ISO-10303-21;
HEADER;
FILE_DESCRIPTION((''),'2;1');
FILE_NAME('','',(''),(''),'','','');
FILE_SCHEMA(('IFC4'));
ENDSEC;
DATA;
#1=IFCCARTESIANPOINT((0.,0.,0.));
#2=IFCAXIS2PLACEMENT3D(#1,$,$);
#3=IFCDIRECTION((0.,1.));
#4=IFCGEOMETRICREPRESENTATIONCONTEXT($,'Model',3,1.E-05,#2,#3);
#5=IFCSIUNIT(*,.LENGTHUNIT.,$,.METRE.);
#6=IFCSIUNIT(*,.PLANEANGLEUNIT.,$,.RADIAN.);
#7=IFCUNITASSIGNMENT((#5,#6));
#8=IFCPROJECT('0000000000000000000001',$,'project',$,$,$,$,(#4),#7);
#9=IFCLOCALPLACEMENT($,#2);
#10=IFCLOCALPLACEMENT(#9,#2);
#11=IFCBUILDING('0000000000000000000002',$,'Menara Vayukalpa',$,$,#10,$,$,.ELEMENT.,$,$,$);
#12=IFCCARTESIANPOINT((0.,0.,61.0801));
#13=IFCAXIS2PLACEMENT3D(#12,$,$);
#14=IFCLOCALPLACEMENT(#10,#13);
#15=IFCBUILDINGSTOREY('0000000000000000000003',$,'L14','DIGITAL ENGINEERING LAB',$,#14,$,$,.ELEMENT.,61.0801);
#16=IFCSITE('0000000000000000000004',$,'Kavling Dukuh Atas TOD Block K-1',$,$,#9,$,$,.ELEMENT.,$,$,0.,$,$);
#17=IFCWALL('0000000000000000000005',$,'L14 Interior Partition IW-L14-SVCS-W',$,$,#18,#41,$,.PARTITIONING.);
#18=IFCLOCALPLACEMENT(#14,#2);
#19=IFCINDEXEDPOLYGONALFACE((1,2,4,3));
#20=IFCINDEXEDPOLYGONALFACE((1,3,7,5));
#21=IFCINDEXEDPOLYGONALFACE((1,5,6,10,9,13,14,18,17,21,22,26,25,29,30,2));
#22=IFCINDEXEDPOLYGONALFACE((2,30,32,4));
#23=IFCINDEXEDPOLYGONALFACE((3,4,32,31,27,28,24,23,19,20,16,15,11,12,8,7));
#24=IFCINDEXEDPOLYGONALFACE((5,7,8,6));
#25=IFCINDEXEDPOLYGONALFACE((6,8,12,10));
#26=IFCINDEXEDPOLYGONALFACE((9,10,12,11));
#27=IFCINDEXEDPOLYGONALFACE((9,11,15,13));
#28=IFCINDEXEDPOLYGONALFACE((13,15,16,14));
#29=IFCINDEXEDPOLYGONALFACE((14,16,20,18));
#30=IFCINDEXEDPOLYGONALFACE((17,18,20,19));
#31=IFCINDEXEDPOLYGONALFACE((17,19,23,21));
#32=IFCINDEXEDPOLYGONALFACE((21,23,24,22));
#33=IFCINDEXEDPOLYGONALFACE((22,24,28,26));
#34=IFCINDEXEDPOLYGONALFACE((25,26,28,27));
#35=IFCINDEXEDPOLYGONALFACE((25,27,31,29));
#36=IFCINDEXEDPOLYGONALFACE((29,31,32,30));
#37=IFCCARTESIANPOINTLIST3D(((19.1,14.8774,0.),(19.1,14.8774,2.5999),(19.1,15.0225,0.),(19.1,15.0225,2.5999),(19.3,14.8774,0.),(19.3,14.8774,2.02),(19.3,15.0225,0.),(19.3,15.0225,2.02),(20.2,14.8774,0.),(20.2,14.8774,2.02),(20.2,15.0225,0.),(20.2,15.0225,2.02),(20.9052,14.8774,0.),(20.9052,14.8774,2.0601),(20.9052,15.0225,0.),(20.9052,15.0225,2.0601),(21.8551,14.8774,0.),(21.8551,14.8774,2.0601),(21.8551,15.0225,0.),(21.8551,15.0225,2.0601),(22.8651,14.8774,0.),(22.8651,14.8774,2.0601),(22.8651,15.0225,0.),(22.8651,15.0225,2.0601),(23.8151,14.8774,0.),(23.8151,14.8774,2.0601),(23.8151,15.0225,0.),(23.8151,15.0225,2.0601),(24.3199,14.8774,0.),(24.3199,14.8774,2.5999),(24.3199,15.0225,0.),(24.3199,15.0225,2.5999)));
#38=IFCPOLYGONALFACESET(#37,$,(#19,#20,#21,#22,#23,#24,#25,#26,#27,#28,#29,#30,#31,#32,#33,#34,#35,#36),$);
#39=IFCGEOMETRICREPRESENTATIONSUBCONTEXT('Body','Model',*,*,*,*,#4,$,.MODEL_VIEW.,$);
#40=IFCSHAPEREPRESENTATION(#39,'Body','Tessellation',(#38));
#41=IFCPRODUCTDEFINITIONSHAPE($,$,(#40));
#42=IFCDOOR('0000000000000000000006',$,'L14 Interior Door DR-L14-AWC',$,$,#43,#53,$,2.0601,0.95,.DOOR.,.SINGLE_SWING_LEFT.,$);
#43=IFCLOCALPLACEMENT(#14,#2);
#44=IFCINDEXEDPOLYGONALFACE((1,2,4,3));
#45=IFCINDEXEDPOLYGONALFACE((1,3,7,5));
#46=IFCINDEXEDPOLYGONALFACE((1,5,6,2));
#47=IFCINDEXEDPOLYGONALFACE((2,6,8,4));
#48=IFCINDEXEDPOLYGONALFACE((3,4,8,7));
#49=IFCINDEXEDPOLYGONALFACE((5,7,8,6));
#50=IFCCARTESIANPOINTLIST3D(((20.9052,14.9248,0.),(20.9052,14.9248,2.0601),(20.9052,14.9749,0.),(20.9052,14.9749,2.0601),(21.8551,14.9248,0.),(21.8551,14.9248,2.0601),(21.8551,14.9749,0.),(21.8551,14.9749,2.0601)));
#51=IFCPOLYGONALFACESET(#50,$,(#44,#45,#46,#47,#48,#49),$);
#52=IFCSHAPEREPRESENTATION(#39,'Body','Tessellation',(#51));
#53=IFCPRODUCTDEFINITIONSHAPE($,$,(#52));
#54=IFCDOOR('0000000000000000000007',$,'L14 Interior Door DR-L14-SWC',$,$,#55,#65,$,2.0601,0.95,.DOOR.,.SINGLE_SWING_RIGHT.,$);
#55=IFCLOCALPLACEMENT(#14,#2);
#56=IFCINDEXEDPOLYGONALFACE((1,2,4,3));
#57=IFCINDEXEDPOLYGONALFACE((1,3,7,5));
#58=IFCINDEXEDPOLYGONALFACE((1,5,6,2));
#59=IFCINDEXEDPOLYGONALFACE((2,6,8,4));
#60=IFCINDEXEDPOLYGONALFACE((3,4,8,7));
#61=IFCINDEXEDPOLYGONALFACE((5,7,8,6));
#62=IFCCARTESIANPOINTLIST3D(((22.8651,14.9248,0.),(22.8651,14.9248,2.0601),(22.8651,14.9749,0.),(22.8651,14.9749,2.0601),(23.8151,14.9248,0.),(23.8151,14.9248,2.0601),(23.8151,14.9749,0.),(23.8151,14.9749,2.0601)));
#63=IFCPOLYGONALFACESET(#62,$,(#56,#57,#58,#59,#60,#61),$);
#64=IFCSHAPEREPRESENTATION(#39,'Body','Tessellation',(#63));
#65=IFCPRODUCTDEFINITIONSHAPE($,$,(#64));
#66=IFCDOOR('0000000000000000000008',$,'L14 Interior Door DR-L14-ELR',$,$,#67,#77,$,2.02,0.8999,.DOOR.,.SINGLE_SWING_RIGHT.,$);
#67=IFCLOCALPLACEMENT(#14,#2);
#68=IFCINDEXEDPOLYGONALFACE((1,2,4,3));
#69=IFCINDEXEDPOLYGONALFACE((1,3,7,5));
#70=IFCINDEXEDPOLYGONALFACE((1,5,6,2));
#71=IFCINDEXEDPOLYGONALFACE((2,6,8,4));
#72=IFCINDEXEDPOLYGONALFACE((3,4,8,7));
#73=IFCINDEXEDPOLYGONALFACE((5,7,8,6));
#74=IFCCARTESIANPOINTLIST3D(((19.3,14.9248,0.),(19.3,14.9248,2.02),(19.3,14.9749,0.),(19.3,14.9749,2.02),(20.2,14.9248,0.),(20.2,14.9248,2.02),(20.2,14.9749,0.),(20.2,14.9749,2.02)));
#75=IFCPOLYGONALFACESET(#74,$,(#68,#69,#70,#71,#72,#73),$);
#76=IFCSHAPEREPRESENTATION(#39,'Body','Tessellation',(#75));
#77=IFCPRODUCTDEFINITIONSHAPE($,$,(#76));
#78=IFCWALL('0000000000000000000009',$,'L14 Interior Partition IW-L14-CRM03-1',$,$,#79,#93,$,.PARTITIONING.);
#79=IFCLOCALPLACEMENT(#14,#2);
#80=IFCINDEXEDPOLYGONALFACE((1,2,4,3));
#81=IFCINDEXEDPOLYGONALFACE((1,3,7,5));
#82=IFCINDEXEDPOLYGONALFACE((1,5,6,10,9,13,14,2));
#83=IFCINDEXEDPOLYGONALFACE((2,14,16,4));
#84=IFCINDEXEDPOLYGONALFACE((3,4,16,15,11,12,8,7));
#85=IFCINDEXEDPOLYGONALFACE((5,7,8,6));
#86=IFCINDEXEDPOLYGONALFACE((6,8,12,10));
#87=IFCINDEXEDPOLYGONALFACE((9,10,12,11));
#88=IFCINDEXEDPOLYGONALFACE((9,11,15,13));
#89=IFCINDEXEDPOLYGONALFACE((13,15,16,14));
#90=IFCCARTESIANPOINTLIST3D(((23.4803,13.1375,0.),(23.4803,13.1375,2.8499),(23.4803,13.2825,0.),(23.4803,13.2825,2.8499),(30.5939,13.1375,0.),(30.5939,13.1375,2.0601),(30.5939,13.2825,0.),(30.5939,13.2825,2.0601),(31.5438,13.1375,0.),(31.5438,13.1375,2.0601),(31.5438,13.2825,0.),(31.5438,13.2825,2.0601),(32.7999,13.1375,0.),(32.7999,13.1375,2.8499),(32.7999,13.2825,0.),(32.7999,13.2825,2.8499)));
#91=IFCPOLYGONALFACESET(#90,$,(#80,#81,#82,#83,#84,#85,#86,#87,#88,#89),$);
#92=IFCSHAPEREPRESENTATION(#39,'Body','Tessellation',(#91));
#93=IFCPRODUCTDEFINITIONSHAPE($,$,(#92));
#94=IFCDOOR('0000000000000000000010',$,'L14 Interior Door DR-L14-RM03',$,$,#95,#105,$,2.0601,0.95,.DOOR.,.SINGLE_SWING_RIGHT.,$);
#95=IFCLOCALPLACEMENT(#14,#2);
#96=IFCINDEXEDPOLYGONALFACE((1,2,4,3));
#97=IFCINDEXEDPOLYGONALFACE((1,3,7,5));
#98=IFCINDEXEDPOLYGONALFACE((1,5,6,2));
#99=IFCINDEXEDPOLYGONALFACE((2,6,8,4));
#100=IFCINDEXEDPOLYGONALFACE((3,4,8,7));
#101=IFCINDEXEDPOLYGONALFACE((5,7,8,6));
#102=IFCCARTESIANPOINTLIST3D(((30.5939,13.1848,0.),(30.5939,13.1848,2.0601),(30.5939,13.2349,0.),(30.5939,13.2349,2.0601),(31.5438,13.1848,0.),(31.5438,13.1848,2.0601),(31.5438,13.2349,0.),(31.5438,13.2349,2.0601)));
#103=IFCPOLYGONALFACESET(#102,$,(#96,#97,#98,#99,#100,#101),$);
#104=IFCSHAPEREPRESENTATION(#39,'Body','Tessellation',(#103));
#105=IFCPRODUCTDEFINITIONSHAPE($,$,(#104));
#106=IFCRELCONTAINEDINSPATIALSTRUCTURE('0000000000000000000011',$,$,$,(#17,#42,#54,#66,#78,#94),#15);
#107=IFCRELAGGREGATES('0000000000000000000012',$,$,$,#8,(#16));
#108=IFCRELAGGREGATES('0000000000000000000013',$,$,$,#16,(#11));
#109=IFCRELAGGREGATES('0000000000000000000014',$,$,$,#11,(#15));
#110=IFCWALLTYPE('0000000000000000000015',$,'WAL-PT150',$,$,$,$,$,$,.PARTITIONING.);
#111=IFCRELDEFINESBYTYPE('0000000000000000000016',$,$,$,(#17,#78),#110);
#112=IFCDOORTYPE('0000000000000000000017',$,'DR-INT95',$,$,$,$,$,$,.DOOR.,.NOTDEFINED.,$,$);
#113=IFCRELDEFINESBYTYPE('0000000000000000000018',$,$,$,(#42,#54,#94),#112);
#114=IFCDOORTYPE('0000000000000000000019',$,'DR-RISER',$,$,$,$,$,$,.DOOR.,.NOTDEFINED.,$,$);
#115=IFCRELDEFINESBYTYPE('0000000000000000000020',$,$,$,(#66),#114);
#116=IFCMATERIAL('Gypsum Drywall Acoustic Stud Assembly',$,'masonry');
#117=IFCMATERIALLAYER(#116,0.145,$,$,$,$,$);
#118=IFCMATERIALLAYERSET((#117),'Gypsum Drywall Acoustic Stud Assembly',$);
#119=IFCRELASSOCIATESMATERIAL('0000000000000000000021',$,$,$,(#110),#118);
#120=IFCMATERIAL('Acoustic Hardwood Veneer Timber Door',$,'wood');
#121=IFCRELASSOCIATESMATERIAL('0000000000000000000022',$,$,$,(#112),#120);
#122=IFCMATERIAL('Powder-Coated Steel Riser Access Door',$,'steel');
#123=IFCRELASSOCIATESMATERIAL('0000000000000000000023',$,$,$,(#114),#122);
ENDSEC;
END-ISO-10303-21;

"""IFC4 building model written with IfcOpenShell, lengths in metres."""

from ifc_helpers import new_model, si_unit, direction, frame, frame_2d, origin, place, context, subcontext, project, spatial, rectangle, extrude, material, layer, layer_set, type_object, element, fill, save


model = new_model("IFC4")

# Units and contexts
model_context = context("Model", 3, precision=1e-05, world=origin(), true_north=direction((0.0, 1.0)))
body_context = subcontext(model_context, "Body", "Model", "MODEL_VIEW")
ifc_project = project(units=[si_unit("LENGTHUNIT", "METRE"), si_unit("PLANEANGLEUNIT", "RADIAN")], contexts=[model_context])

# Site, building, storey
site_placement = place(None, origin())
site = spatial("IfcSite", under=ifc_project, at=site_placement, Name="Kavling Dukuh Atas TOD Block K-1", CompositionType="ELEMENT", RefElevation=0.0)
building_placement = place(site_placement, origin())
building = spatial("IfcBuilding", under=site, at=building_placement, Name="Menara Vayukalpa", CompositionType="ELEMENT")
storey_placement = place(building_placement, frame((0.0, 0.0, 61.0801)))
storey = spatial("IfcBuildingStorey", under=building, at=storey_placement, Name="L14", Description="DIGITAL ENGINEERING LAB", CompositionType="ELEMENT", Elevation=61.0801)

# Wall, openings, doors
ifc_material_1 = material(Name="Gypsum Drywall Acoustic Stud Assembly", Category="masonry")
ifc_layer_1 = layer(ifc_material_1, 0.145)
ifc_layer_set_1 = layer_set([ifc_layer_1], Name="Gypsum Drywall Acoustic Stud Assembly")
wall_type_1 = type_object("IfcWallType", Name="WAL-PT150", PredefinedType="PARTITIONING", material=ifc_layer_set_1)
wall_1_placement = place(storey_placement, frame((19.1001, 14.95, 0.0), z_axis=(0.0, 0.0, 1.0), x_axis=(1.0, 0.0, 0.0)))
wall_1 = element("IfcWall", 1, at=wall_1_placement, inside=storey, type_object=wall_type_1, Name="L14 Interior Partition IW-L14-SVCS-W", PredefinedType="PARTITIONING", context=body_context, shape_type="SweptSolid", body=[
    extrude(rectangle(XDim=5.22, YDim=0.145, at=frame_2d((2.6099, 0.0))), origin(), (0.0, 0.0, 1.0), 2.5999),
])
opening_1_placement = place(wall_1_placement, frame((0.2, 0.0, 0.0)))
opening_1 = element("IfcOpeningElement", 2, at=opening_1_placement, cuts=wall_1, PredefinedType="OPENING", context=body_context, shape_type="SweptSolid", body=[
    extrude(rectangle(XDim=0.8999, YDim=2.02, at=frame_2d((0.45, 1.01))), frame((0.0, 0.0825, 0.0), z_axis=(0.0, -1.0, 0.0), x_axis=(1.0, 0.0, 0.0)), (0.0, 0.0, 1.0), 0.165),
])
opening_2_placement = place(wall_1_placement, frame((1.8049, 0.0, 0.0)))
opening_2 = element("IfcOpeningElement", 3, at=opening_2_placement, cuts=wall_1, PredefinedType="OPENING", context=body_context, shape_type="SweptSolid", body=[
    extrude(rectangle(XDim=0.95, YDim=2.0601, at=frame_2d((0.4751, 1.03))), frame((0.0, 0.0825, 0.0), z_axis=(0.0, -1.0, 0.0), x_axis=(1.0, 0.0, 0.0)), (0.0, 0.0, 1.0), 0.165),
])
opening_3_placement = place(wall_1_placement, frame((3.7649, 0.0, 0.0)))
opening_3 = element("IfcOpeningElement", 4, at=opening_3_placement, cuts=wall_1, PredefinedType="OPENING", context=body_context, shape_type="SweptSolid", body=[
    extrude(rectangle(XDim=0.95, YDim=2.0601, at=frame_2d((0.4751, 1.03))), frame((0.0, 0.0825, 0.0), z_axis=(0.0, -1.0, 0.0), x_axis=(1.0, 0.0, 0.0)), (0.0, 0.0, 1.0), 0.165),
])
ifc_material_2 = material(Name="Acoustic Hardwood Veneer Timber Door", Category="wood")
door_type_1 = type_object("IfcDoorType", Name="DR-INT95", OperationType="NOTDEFINED", PredefinedType="DOOR", material=ifc_material_2)
door_1_placement = place(opening_2_placement, origin())
door_1 = element("IfcDoor", 5, at=door_1_placement, inside=storey, type_object=door_type_1, Name="L14 Interior Door DR-L14-AWC", OperationType="SINGLE_SWING_LEFT", OverallHeight=2.0601, OverallWidth=0.95, PredefinedType="DOOR", context=body_context, shape_type="SweptSolid", body=[
    extrude(rectangle(XDim=0.95, YDim=2.0601, at=frame_2d((0.4751, 1.03))), frame((0.0, 0.0249, 0.0), z_axis=(0.0, -1.0, 0.0), x_axis=(1.0, 0.0, 0.0)), (0.0, 0.0, 1.0), 0.05),
])
fill(opening_2, door_1)
door_2_placement = place(opening_3_placement, origin())
door_2 = element("IfcDoor", 6, at=door_2_placement, inside=storey, type_object=door_type_1, Name="L14 Interior Door DR-L14-SWC", OperationType="SINGLE_SWING_RIGHT", OverallHeight=2.0601, OverallWidth=0.95, PredefinedType="DOOR", context=body_context, shape_type="SweptSolid", body=[
    extrude(rectangle(XDim=0.95, YDim=2.0601, at=frame_2d((0.4751, 1.03))), frame((0.0, 0.0249, 0.0), z_axis=(0.0, -1.0, 0.0), x_axis=(1.0, 0.0, 0.0)), (0.0, 0.0, 1.0), 0.05),
])
fill(opening_3, door_2)
ifc_material_3 = material(Name="Powder-Coated Steel Riser Access Door", Category="steel")
door_type_2 = type_object("IfcDoorType", Name="DR-RISER", OperationType="NOTDEFINED", PredefinedType="DOOR", material=ifc_material_3)
door_3_placement = place(opening_1_placement, origin())
door_3 = element("IfcDoor", 7, at=door_3_placement, inside=storey, type_object=door_type_2, Name="L14 Interior Door DR-L14-ELR", OperationType="SINGLE_SWING_RIGHT", OverallHeight=2.02, OverallWidth=0.8999, PredefinedType="DOOR", context=body_context, shape_type="SweptSolid", body=[
    extrude(rectangle(XDim=0.8999, YDim=2.02, at=frame_2d((0.45, 1.01))), frame((0.0, 0.0249, 0.0), z_axis=(0.0, -1.0, 0.0), x_axis=(1.0, 0.0, 0.0)), (0.0, 0.0, 1.0), 0.05),
])
fill(opening_1, door_3)

# Wall, opening, door
wall_2_placement = place(storey_placement, frame((23.4805, 13.21, 0.0), z_axis=(0.0, 0.0, 1.0), x_axis=(1.0, 0.0, 0.0)))
wall_2 = element("IfcWall", 8, at=wall_2_placement, inside=storey, type_object=wall_type_1, Name="L14 Interior Partition IW-L14-CRM03-1", PredefinedType="PARTITIONING", context=body_context, shape_type="SweptSolid", body=[
    extrude(rectangle(XDim=9.3196, YDim=0.145, at=frame_2d((4.6597, 0.0))), origin(), (0.0, 0.0, 1.0), 2.8499),
])
opening_4_placement = place(wall_2_placement, frame((7.1133, 0.0, 0.0)))
opening_4 = element("IfcOpeningElement", 9, at=opening_4_placement, cuts=wall_2, PredefinedType="OPENING", context=body_context, shape_type="SweptSolid", body=[
    extrude(rectangle(XDim=0.95, YDim=2.0601, at=frame_2d((0.4751, 1.03))), frame((0.0, 0.0825, 0.0), z_axis=(0.0, -1.0, 0.0), x_axis=(1.0, 0.0, 0.0)), (0.0, 0.0, 1.0), 0.165),
])
door_4_placement = place(opening_4_placement, origin())
door_4 = element("IfcDoor", 10, at=door_4_placement, inside=storey, type_object=door_type_1, Name="L14 Interior Door DR-L14-RM03", OperationType="SINGLE_SWING_RIGHT", OverallHeight=2.0601, OverallWidth=0.95, PredefinedType="DOOR", context=body_context, shape_type="SweptSolid", body=[
    extrude(rectangle(XDim=0.95, YDim=2.0601, at=frame_2d((0.4751, 1.03))), frame((0.0, 0.0249, 0.0), z_axis=(0.0, -1.0, 0.0), x_axis=(1.0, 0.0, 0.0)), (0.0, 0.0, 1.0), 0.05),
])
fill(opening_4, door_4)

save(model, "model.ifc")
